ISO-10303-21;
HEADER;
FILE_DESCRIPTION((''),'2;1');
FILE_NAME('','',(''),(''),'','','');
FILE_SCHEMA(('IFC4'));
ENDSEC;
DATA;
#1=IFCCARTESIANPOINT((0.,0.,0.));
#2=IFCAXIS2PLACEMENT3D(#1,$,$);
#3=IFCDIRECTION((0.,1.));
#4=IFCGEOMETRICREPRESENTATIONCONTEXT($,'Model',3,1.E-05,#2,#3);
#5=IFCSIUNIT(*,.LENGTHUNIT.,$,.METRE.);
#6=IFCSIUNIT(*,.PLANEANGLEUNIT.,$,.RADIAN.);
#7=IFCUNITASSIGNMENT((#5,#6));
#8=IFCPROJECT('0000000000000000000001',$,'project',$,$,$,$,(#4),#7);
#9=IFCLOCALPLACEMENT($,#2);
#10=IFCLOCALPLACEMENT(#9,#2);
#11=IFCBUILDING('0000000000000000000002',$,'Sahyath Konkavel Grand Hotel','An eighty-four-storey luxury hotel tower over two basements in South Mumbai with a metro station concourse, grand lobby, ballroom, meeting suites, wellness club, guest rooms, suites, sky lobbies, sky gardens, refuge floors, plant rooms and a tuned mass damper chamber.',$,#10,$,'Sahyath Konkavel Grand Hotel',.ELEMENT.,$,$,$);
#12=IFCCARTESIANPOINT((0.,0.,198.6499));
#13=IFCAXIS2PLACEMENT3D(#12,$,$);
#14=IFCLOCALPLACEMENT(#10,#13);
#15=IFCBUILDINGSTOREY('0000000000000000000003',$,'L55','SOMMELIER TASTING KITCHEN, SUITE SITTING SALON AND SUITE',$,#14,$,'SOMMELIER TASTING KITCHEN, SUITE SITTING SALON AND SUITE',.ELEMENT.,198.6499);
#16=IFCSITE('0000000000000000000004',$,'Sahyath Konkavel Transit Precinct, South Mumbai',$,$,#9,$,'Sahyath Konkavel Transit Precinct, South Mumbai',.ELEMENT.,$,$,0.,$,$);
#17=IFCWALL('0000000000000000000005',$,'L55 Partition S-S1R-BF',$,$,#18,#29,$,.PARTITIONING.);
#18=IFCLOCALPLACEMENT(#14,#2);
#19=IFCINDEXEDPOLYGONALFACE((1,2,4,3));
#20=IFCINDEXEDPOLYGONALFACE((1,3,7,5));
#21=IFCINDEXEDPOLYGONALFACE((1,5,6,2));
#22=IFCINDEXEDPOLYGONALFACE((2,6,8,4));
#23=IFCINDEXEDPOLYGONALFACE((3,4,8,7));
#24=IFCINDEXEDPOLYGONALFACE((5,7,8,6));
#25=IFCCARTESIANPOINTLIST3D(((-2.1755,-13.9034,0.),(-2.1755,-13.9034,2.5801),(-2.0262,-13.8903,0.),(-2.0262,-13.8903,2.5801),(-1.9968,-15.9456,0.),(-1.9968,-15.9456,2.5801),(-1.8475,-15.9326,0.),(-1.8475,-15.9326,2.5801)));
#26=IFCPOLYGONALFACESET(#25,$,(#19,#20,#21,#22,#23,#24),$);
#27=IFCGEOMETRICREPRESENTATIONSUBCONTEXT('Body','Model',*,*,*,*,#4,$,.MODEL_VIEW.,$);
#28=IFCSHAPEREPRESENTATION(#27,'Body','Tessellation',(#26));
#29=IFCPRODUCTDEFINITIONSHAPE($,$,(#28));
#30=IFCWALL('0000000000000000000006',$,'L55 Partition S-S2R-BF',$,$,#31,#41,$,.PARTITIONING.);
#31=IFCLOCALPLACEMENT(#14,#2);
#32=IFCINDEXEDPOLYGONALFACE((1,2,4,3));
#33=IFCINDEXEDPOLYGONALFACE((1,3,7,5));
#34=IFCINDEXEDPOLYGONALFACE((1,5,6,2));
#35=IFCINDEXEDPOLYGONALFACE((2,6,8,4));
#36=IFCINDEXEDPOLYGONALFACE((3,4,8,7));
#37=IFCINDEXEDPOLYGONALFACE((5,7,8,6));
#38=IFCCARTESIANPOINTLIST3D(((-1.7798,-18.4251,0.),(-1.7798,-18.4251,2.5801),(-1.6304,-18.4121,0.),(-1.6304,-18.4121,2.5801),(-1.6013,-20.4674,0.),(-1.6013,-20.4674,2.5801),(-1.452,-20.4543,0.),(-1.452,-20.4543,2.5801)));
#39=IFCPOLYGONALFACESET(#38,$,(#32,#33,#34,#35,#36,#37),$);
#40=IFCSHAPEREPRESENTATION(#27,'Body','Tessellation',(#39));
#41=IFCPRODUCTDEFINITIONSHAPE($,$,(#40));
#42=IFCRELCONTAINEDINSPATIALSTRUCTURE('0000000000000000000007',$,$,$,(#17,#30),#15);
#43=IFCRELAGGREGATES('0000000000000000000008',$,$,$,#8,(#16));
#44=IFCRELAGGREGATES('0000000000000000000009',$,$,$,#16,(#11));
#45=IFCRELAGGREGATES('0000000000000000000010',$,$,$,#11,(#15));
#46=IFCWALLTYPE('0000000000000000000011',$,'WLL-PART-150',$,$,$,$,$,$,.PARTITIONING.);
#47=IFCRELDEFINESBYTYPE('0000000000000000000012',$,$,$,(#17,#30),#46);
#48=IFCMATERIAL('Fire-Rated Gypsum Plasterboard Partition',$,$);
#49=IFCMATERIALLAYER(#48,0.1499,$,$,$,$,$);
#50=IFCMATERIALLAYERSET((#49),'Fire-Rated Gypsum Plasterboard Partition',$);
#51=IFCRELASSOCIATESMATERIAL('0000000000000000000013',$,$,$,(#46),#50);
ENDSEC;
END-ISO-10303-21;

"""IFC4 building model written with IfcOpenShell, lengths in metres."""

from ifc_helpers import new_model, si_unit, direction, frame, frame_2d, origin, place, context, subcontext, project, spatial, rectangle, extrude, material, layer, layer_set, type_object, element, save


model = new_model("IFC4")

# Units and contexts
model_context = context("Model", 3, precision=1e-05, world=origin(), true_north=direction((0.0, 1.0)))
body_context = subcontext(model_context, "Body", "Model", "MODEL_VIEW")
ifc_project = project(units=[si_unit("LENGTHUNIT", "METRE"), si_unit("PLANEANGLEUNIT", "RADIAN")], contexts=[model_context])

# Site, building, storey
site_placement = place(None, origin())
site = spatial("IfcSite", under=ifc_project, at=site_placement, Name="Sahyath Konkavel Transit Precinct, South Mumbai", LongName="Sahyath Konkavel Transit Precinct, South Mumbai", CompositionType="ELEMENT", RefElevation=0.0)
building_placement = place(site_placement, origin())
building = spatial("IfcBuilding", under=site, at=building_placement, Name="Sahyath Konkavel Grand Hotel", Description="An eighty-four-storey luxury hotel tower over two basements in South Mumbai with a metro station concourse, grand lobby, ballroom, meeting suites, wellness club, guest rooms, suites, sky lobbies, sky gardens, refuge floors, plant rooms and a tuned mass damper chamber.", LongName="Sahyath Konkavel Grand Hotel", CompositionType="ELEMENT")
storey_placement = place(building_placement, frame((0.0, 0.0, 198.6499)))
storey = spatial("IfcBuildingStorey", under=building, at=storey_placement, Name="L55", Description="SOMMELIER TASTING KITCHEN, SUITE SITTING SALON AND SUITE", LongName="SOMMELIER TASTING KITCHEN, SUITE SITTING SALON AND SUITE", CompositionType="ELEMENT", Elevation=198.6499)

# Walls
ifc_material_1 = material(Name="Fire-Rated Gypsum Plasterboard Partition")
ifc_layer_1 = layer(ifc_material_1, 0.1499)
ifc_layer_set_1 = layer_set([ifc_layer_1], Name="Fire-Rated Gypsum Plasterboard Partition")
wall_type_1 = type_object("IfcWallType", Name="WLL-PART-150", PredefinedType="PARTITIONING", material=ifc_layer_set_1)
for number, where, z_axis, x_axis, name in (
    (1, (-2.1008, -13.897, 0.0), (0.0, 0.0, 1.0), (0.087174, -0.996193, 0.0), "L55 Partition S-S1R-BF"),
    (2, (-1.7051, -18.4187, 0.0), (0.0, 0.0, 1.0), (0.087056, -0.996203, 0.0), "L55 Partition S-S2R-BF"),
):
    element("IfcWall", number, at=place(storey_placement, frame(where, z_axis=z_axis, x_axis=x_axis)), inside=storey, type_object=wall_type_1, Name=name, PredefinedType="PARTITIONING", context=body_context, shape_type="SweptSolid", body=[
        extrude(rectangle(XDim=2.05, YDim=0.1499, at=frame_2d((1.0249, 0.0))), origin(), (0.0, 0.0, 1.0), 2.5801),
    ])

save(model, "model.ifc")
